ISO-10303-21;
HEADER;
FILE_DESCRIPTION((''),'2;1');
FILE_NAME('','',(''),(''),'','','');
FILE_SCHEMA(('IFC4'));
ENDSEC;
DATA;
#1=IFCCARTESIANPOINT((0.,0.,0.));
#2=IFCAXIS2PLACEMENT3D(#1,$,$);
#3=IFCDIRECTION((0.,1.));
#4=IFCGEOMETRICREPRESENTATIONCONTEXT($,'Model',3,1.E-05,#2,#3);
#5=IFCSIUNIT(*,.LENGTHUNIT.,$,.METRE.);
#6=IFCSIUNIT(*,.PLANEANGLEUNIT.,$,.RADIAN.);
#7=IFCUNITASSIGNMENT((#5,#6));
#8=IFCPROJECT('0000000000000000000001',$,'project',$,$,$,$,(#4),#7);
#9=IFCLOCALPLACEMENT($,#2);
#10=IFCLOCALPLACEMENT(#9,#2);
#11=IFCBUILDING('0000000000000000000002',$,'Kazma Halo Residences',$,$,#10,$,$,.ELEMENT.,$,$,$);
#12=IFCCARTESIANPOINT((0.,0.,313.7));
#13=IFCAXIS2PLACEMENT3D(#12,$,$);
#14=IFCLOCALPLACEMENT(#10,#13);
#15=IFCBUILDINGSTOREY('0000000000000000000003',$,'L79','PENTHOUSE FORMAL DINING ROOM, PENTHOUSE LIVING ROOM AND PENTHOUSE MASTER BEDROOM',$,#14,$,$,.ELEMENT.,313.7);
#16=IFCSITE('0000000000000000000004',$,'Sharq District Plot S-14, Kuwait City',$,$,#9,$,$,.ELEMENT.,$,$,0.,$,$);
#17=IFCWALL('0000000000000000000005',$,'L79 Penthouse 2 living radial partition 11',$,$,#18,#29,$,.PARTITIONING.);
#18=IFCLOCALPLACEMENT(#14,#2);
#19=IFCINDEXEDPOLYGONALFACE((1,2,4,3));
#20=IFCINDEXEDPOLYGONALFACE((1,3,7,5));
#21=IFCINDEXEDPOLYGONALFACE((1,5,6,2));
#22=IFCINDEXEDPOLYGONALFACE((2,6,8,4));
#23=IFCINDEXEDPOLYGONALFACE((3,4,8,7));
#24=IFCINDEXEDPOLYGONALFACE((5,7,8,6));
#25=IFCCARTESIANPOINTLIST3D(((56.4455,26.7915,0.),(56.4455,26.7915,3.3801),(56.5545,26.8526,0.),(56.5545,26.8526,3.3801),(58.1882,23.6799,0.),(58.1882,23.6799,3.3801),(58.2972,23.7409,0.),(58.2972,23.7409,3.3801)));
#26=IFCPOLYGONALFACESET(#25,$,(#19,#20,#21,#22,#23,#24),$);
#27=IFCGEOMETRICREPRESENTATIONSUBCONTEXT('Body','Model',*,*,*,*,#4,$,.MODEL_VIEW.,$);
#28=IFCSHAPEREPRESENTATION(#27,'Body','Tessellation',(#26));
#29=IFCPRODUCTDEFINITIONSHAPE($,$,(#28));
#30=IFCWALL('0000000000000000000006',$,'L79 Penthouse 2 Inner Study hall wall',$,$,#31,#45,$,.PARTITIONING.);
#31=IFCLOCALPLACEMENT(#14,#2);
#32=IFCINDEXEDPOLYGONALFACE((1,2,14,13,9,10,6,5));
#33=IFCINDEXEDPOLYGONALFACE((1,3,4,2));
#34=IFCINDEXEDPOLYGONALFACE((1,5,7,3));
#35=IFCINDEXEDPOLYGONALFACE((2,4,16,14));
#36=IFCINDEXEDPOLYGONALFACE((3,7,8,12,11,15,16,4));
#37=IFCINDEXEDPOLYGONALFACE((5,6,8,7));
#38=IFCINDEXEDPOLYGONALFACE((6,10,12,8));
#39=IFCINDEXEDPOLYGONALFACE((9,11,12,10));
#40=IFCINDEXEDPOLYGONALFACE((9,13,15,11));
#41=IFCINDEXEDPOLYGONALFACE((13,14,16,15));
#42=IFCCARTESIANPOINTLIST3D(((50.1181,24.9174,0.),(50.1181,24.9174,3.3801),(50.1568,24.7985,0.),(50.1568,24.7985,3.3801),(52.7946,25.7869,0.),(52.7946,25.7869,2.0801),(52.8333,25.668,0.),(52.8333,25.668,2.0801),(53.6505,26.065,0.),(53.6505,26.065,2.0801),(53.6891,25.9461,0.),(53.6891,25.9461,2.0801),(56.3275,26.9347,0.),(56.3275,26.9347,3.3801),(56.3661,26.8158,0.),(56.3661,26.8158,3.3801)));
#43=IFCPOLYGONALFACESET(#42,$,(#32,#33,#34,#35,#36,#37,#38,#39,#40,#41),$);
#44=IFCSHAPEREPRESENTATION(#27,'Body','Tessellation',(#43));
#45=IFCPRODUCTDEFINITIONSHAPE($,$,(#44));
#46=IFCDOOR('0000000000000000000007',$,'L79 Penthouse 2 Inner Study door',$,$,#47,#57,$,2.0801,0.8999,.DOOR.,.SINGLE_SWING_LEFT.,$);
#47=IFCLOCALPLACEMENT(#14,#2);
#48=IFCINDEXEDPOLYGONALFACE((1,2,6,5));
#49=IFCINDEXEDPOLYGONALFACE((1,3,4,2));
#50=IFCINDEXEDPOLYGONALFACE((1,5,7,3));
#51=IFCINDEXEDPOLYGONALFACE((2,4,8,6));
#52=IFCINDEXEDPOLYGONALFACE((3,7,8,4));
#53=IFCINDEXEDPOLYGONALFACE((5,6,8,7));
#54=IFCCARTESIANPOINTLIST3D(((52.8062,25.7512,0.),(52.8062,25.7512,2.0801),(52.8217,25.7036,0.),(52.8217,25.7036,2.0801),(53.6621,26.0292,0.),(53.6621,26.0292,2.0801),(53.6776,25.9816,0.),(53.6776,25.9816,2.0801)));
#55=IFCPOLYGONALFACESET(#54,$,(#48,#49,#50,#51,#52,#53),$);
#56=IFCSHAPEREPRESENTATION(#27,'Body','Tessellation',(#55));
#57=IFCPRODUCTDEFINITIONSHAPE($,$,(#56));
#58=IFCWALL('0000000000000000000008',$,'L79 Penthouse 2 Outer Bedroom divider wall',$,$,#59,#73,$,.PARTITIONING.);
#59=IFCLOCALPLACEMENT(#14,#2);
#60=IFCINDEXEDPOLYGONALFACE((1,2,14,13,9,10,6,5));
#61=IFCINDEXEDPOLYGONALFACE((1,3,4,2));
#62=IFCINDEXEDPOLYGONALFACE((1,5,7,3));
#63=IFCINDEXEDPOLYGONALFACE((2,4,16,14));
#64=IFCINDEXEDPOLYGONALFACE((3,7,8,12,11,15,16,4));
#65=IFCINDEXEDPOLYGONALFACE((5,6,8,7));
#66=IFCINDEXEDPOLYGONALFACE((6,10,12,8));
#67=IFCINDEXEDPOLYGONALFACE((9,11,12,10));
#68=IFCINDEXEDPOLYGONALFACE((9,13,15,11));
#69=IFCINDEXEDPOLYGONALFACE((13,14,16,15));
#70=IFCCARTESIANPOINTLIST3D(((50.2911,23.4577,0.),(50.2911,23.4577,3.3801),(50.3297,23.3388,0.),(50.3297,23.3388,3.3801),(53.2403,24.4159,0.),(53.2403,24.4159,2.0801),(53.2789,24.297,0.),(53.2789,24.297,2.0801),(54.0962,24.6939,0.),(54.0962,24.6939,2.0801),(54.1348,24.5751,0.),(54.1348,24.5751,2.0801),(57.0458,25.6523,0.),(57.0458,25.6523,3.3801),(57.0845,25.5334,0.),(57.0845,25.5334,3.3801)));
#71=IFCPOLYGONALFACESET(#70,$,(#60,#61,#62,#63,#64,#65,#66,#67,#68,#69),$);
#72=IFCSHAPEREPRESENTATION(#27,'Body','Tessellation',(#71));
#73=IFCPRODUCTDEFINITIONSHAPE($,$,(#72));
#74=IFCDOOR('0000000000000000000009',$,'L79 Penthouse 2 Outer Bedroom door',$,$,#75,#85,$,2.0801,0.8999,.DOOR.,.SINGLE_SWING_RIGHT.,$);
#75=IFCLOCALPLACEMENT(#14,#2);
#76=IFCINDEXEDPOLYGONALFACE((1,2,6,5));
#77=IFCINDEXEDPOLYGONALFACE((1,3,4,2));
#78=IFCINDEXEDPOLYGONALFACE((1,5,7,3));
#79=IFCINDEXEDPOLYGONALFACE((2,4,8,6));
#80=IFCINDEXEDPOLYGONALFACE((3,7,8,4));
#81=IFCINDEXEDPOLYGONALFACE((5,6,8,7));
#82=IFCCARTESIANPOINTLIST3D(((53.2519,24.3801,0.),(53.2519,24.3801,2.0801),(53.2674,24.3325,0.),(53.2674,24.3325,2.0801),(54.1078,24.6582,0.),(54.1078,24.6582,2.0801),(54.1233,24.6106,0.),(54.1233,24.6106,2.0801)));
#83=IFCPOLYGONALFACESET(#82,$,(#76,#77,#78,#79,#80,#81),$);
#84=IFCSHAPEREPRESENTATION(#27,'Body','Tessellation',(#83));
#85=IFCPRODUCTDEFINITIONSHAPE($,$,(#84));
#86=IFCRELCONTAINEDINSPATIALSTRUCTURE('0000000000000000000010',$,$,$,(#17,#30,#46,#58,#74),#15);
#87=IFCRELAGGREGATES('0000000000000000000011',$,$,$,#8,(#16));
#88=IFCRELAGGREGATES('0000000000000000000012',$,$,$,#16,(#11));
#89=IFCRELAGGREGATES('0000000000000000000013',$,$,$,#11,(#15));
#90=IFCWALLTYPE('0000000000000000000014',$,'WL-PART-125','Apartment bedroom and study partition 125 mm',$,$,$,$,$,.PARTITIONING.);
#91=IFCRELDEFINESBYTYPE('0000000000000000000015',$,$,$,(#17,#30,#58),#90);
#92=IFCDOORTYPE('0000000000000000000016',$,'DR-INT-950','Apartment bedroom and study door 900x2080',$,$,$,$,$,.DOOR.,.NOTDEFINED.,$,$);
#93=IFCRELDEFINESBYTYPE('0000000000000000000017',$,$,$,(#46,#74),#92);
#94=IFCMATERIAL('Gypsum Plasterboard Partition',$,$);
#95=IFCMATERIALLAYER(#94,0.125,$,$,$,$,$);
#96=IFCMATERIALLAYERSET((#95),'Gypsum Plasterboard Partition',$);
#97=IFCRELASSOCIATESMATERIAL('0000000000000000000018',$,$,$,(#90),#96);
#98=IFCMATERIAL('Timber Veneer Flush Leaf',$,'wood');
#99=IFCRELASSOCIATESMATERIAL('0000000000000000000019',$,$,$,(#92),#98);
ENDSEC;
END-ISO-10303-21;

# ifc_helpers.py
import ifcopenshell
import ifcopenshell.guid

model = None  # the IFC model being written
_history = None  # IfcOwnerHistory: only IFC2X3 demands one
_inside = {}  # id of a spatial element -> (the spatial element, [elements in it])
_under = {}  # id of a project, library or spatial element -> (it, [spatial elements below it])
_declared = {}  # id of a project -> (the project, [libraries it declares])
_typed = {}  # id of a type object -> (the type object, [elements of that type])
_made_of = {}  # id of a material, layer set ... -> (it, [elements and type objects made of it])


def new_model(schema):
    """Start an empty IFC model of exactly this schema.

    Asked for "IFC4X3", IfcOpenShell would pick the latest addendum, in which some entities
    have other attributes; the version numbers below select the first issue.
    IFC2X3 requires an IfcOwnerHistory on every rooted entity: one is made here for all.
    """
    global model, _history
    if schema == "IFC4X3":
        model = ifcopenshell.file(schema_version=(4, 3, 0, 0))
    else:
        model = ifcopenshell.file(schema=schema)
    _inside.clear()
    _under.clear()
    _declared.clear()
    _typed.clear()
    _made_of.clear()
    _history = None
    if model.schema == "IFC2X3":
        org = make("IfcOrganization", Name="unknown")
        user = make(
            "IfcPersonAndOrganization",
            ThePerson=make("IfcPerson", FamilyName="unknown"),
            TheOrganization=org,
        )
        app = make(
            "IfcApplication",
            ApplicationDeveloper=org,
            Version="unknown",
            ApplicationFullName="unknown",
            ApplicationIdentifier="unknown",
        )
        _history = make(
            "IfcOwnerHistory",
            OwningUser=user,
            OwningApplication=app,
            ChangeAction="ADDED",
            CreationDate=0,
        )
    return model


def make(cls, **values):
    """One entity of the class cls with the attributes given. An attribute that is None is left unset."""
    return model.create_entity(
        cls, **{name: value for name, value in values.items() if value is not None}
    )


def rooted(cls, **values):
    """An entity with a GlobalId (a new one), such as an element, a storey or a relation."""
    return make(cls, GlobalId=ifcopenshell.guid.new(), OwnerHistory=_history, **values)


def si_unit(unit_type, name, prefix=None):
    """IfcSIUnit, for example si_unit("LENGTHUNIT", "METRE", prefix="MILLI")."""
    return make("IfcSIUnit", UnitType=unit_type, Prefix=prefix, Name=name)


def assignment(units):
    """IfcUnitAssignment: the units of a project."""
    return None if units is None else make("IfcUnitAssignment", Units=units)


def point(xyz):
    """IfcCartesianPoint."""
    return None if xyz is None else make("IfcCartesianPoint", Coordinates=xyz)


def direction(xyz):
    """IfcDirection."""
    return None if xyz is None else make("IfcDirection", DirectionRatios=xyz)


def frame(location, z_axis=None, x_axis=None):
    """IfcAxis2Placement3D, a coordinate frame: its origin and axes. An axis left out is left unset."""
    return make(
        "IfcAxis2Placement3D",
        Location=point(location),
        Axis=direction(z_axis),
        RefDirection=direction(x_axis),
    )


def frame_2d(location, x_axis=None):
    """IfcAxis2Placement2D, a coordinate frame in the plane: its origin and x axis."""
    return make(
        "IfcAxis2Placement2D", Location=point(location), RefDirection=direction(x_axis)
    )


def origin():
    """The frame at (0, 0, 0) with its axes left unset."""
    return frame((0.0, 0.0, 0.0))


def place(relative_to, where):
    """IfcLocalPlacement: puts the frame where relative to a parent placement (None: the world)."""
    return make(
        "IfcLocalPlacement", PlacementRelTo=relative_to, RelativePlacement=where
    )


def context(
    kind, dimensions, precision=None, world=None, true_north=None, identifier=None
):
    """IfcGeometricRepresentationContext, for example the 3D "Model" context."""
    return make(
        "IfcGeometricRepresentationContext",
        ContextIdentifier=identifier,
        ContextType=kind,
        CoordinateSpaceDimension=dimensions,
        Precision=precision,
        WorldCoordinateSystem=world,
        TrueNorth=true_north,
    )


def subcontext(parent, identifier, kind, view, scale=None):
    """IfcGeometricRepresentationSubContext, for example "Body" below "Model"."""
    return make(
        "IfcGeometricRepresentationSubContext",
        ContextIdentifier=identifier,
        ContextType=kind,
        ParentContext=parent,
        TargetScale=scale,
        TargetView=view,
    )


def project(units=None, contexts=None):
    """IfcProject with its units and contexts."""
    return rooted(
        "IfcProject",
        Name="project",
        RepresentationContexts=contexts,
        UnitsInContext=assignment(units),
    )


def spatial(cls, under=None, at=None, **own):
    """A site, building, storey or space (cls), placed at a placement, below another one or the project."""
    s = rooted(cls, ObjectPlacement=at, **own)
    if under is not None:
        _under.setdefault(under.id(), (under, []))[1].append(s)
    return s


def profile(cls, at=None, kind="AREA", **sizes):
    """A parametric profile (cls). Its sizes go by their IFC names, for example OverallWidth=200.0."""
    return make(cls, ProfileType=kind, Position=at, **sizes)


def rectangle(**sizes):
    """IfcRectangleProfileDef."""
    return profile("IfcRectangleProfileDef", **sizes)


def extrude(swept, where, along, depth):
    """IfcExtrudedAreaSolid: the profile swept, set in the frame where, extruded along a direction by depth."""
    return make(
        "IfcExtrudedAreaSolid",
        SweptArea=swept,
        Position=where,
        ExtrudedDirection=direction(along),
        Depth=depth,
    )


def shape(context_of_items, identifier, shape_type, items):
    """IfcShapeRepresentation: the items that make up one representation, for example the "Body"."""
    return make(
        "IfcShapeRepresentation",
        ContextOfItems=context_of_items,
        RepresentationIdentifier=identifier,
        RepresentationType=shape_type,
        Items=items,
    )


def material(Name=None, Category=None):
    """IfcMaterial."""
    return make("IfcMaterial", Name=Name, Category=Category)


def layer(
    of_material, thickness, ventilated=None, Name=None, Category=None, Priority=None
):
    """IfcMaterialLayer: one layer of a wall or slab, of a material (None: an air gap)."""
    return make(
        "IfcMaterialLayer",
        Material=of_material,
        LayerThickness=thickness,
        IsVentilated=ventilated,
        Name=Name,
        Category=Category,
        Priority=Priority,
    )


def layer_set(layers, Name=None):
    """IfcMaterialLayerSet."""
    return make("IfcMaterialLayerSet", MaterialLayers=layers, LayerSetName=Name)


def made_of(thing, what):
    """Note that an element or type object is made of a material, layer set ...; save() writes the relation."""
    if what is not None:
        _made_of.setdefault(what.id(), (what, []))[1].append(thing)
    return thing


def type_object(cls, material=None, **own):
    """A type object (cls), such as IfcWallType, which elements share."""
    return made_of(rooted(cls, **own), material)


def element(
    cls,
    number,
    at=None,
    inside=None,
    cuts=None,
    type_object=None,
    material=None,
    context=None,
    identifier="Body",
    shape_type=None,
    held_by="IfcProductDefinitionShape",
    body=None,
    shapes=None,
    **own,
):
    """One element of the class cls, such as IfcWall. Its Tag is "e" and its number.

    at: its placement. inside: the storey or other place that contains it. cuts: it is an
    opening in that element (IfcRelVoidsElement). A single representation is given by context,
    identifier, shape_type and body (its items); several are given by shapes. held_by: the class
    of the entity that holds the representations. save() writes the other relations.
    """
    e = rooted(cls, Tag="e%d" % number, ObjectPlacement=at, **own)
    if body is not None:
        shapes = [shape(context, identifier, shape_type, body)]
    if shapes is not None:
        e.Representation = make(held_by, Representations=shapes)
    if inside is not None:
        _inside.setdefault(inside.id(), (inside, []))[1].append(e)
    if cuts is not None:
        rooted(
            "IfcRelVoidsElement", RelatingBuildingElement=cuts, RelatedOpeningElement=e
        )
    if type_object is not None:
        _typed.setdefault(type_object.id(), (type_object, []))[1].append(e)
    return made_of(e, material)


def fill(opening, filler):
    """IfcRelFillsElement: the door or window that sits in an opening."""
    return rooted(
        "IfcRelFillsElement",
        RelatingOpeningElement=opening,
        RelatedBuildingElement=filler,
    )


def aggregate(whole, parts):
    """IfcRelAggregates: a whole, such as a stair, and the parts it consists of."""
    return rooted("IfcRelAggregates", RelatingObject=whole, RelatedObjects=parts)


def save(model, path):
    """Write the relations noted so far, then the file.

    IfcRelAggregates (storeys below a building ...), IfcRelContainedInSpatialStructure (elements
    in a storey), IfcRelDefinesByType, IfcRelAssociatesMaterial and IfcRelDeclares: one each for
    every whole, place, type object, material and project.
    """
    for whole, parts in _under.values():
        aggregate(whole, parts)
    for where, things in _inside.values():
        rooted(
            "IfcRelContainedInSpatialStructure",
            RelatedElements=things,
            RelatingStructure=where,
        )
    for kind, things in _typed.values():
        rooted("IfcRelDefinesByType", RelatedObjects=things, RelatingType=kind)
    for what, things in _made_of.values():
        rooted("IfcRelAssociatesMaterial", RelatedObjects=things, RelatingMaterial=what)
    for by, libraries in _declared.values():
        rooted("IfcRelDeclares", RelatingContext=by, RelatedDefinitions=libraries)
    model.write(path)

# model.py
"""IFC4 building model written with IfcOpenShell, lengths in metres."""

from ifc_helpers import new_model, si_unit, direction, frame, frame_2d, origin, place, context, subcontext, project, spatial, rectangle, extrude, material, layer, layer_set, type_object, element, fill, save


model = new_model("IFC4")

# Units and contexts
model_context = context("Model", 3, precision=1e-05, world=origin(), true_north=direction((0.0, 1.0)))
body_context = subcontext(model_context, "Body", "Model", "MODEL_VIEW")
ifc_project = project(units=[si_unit("LENGTHUNIT", "METRE"), si_unit("PLANEANGLEUNIT", "RADIAN")], contexts=[model_context])

# Site, building, storey
site_placement = place(None, origin())
site = spatial("IfcSite", under=ifc_project, at=site_placement, Name="Sharq District Plot S-14, Kuwait City", CompositionType="ELEMENT", RefElevation=0.0)
building_placement = place(site_placement, origin())
building = spatial("IfcBuilding", under=site, at=building_placement, Name="Kazma Halo Residences", CompositionType="ELEMENT")
storey_placement = place(building_placement, frame((0.0, 0.0, 313.7)))
storey = spatial("IfcBuildingStorey", under=building, at=storey_placement, Name="L79", Description="PENTHOUSE FORMAL DINING ROOM, PENTHOUSE LIVING ROOM AND PENTHOUSE MASTER BEDROOM", CompositionType="ELEMENT", Elevation=313.7)

# Wall
ifc_material_1 = material(Name="Gypsum Plasterboard Partition")
ifc_layer_1 = layer(ifc_material_1, 0.125)
ifc_layer_set_1 = layer_set([ifc_layer_1], Name="Gypsum Plasterboard Partition")
wall_type_1 = type_object("IfcWallType", Name="WL-PART-125", Description="Apartment bedroom and study partition 125 mm", PredefinedType="PARTITIONING", material=ifc_layer_set_1)
wall_1_placement = place(storey_placement, frame((56.5, 26.822, 0.0), z_axis=(0.0, 0.0, 1.0), x_axis=(0.488645, -0.872483, 0.0)))
element("IfcWall", 1, at=wall_1_placement, inside=storey, type_object=wall_type_1, Name="L79 Penthouse 2 living radial partition 11", PredefinedType="PARTITIONING", context=body_context, shape_type="SweptSolid", body=[
    extrude(rectangle(XDim=3.5664, YDim=0.125, at=frame_2d((1.7832, 0.0))), origin(), (0.0, 0.0, 1.0), 3.3801),
])

# Walls, openings, doors
wall_2_placement = place(storey_placement, frame((50.1375, 24.8579, 0.0), z_axis=(0.0, 0.0, 1.0), x_axis=(0.951064, 0.308994, 0.0)))
wall_2 = element("IfcWall", 2, at=wall_2_placement, inside=storey, type_object=wall_type_1, Name="L79 Penthouse 2 Inner Study hall wall", PredefinedType="PARTITIONING", context=body_context, shape_type="SweptSolid", body=[
    extrude(rectangle(XDim=6.5288, YDim=0.125, at=frame_2d((3.2644, 0.0))), origin(), (0.0, 0.0, 1.0), 3.3801),
])
opening_1_placement = place(wall_2_placement, frame((2.8142, 0.0, 0.0)))
opening_1 = element("IfcOpeningElement", 3, at=opening_1_placement, cuts=wall_2, PredefinedType="OPENING", context=body_context, shape_type="SweptSolid", body=[
    extrude(rectangle(XDim=0.8999, YDim=2.0801, at=frame_2d((0.45, 1.04))), frame((0.0, 0.0725, 0.0), z_axis=(0.0, -1.0, 0.0), x_axis=(1.0, 0.0, 0.0)), (0.0, 0.0, 1.0), 0.145),
])
ifc_material_2 = material(Name="Timber Veneer Flush Leaf", Category="wood")
door_type_1 = type_object("IfcDoorType", Name="DR-INT-950", Description="Apartment bedroom and study door 900x2080", OperationType="NOTDEFINED", PredefinedType="DOOR", material=ifc_material_2)
door_1_placement = place(opening_1_placement, origin())
door_1 = element("IfcDoor", 4, at=door_1_placement, inside=storey, type_object=door_type_1, Name="L79 Penthouse 2 Inner Study door", OperationType="SINGLE_SWING_LEFT", OverallHeight=2.0801, OverallWidth=0.8999, PredefinedType="DOOR", context=body_context, shape_type="SweptSolid", body=[
    extrude(rectangle(XDim=0.8999, YDim=2.0801, at=frame_2d((0.45, 1.04))), frame((0.0, 0.0249, 0.0), z_axis=(0.0, -1.0, 0.0), x_axis=(1.0, 0.0, 0.0)), (0.0, 0.0, 1.0), 0.05),
])
fill(opening_1, door_1)
wall_3_placement = place(storey_placement, frame((50.3103, 23.3982, 0.0), z_axis=(0.0, 0.0, 1.0), x_axis=(0.951062, 0.309, 0.0)))
wall_3 = element("IfcWall", 5, at=wall_3_placement, inside=storey, type_object=wall_type_1, Name="L79 Penthouse 2 Outer Bedroom divider wall", PredefinedType="PARTITIONING", context=body_context, shape_type="SweptSolid", body=[
    extrude(rectangle(XDim=7.1023, YDim=0.125, at=frame_2d((3.5513, 0.0))), origin(), (0.0, 0.0, 1.0), 3.3801),
])
opening_2_placement = place(wall_3_placement, frame((3.1011, 0.0, 0.0)))
opening_2 = element("IfcOpeningElement", 6, at=opening_2_placement, cuts=wall_3, PredefinedType="OPENING", context=body_context, shape_type="SweptSolid", body=[
    extrude(rectangle(XDim=0.8999, YDim=2.0801, at=frame_2d((0.45, 1.04))), frame((0.0, 0.0725, 0.0), z_axis=(0.0, -1.0, 0.0), x_axis=(1.0, 0.0, 0.0)), (0.0, 0.0, 1.0), 0.145),
])
door_2_placement = place(opening_2_placement, origin())
door_2 = element("IfcDoor", 7, at=door_2_placement, inside=storey, type_object=door_type_1, Name="L79 Penthouse 2 Outer Bedroom door", OperationType="SINGLE_SWING_RIGHT", OverallHeight=2.0801, OverallWidth=0.8999, PredefinedType="DOOR", context=body_context, shape_type="SweptSolid", body=[
    extrude(rectangle(XDim=0.8999, YDim=2.0801, at=frame_2d((0.45, 1.04))), frame((0.0, 0.0249, 0.0), z_axis=(0.0, -1.0, 0.0), x_axis=(1.0, 0.0, 0.0)), (0.0, 0.0, 1.0), 0.05),
])
fill(opening_2, door_2)

save(model, "model.ifc")
